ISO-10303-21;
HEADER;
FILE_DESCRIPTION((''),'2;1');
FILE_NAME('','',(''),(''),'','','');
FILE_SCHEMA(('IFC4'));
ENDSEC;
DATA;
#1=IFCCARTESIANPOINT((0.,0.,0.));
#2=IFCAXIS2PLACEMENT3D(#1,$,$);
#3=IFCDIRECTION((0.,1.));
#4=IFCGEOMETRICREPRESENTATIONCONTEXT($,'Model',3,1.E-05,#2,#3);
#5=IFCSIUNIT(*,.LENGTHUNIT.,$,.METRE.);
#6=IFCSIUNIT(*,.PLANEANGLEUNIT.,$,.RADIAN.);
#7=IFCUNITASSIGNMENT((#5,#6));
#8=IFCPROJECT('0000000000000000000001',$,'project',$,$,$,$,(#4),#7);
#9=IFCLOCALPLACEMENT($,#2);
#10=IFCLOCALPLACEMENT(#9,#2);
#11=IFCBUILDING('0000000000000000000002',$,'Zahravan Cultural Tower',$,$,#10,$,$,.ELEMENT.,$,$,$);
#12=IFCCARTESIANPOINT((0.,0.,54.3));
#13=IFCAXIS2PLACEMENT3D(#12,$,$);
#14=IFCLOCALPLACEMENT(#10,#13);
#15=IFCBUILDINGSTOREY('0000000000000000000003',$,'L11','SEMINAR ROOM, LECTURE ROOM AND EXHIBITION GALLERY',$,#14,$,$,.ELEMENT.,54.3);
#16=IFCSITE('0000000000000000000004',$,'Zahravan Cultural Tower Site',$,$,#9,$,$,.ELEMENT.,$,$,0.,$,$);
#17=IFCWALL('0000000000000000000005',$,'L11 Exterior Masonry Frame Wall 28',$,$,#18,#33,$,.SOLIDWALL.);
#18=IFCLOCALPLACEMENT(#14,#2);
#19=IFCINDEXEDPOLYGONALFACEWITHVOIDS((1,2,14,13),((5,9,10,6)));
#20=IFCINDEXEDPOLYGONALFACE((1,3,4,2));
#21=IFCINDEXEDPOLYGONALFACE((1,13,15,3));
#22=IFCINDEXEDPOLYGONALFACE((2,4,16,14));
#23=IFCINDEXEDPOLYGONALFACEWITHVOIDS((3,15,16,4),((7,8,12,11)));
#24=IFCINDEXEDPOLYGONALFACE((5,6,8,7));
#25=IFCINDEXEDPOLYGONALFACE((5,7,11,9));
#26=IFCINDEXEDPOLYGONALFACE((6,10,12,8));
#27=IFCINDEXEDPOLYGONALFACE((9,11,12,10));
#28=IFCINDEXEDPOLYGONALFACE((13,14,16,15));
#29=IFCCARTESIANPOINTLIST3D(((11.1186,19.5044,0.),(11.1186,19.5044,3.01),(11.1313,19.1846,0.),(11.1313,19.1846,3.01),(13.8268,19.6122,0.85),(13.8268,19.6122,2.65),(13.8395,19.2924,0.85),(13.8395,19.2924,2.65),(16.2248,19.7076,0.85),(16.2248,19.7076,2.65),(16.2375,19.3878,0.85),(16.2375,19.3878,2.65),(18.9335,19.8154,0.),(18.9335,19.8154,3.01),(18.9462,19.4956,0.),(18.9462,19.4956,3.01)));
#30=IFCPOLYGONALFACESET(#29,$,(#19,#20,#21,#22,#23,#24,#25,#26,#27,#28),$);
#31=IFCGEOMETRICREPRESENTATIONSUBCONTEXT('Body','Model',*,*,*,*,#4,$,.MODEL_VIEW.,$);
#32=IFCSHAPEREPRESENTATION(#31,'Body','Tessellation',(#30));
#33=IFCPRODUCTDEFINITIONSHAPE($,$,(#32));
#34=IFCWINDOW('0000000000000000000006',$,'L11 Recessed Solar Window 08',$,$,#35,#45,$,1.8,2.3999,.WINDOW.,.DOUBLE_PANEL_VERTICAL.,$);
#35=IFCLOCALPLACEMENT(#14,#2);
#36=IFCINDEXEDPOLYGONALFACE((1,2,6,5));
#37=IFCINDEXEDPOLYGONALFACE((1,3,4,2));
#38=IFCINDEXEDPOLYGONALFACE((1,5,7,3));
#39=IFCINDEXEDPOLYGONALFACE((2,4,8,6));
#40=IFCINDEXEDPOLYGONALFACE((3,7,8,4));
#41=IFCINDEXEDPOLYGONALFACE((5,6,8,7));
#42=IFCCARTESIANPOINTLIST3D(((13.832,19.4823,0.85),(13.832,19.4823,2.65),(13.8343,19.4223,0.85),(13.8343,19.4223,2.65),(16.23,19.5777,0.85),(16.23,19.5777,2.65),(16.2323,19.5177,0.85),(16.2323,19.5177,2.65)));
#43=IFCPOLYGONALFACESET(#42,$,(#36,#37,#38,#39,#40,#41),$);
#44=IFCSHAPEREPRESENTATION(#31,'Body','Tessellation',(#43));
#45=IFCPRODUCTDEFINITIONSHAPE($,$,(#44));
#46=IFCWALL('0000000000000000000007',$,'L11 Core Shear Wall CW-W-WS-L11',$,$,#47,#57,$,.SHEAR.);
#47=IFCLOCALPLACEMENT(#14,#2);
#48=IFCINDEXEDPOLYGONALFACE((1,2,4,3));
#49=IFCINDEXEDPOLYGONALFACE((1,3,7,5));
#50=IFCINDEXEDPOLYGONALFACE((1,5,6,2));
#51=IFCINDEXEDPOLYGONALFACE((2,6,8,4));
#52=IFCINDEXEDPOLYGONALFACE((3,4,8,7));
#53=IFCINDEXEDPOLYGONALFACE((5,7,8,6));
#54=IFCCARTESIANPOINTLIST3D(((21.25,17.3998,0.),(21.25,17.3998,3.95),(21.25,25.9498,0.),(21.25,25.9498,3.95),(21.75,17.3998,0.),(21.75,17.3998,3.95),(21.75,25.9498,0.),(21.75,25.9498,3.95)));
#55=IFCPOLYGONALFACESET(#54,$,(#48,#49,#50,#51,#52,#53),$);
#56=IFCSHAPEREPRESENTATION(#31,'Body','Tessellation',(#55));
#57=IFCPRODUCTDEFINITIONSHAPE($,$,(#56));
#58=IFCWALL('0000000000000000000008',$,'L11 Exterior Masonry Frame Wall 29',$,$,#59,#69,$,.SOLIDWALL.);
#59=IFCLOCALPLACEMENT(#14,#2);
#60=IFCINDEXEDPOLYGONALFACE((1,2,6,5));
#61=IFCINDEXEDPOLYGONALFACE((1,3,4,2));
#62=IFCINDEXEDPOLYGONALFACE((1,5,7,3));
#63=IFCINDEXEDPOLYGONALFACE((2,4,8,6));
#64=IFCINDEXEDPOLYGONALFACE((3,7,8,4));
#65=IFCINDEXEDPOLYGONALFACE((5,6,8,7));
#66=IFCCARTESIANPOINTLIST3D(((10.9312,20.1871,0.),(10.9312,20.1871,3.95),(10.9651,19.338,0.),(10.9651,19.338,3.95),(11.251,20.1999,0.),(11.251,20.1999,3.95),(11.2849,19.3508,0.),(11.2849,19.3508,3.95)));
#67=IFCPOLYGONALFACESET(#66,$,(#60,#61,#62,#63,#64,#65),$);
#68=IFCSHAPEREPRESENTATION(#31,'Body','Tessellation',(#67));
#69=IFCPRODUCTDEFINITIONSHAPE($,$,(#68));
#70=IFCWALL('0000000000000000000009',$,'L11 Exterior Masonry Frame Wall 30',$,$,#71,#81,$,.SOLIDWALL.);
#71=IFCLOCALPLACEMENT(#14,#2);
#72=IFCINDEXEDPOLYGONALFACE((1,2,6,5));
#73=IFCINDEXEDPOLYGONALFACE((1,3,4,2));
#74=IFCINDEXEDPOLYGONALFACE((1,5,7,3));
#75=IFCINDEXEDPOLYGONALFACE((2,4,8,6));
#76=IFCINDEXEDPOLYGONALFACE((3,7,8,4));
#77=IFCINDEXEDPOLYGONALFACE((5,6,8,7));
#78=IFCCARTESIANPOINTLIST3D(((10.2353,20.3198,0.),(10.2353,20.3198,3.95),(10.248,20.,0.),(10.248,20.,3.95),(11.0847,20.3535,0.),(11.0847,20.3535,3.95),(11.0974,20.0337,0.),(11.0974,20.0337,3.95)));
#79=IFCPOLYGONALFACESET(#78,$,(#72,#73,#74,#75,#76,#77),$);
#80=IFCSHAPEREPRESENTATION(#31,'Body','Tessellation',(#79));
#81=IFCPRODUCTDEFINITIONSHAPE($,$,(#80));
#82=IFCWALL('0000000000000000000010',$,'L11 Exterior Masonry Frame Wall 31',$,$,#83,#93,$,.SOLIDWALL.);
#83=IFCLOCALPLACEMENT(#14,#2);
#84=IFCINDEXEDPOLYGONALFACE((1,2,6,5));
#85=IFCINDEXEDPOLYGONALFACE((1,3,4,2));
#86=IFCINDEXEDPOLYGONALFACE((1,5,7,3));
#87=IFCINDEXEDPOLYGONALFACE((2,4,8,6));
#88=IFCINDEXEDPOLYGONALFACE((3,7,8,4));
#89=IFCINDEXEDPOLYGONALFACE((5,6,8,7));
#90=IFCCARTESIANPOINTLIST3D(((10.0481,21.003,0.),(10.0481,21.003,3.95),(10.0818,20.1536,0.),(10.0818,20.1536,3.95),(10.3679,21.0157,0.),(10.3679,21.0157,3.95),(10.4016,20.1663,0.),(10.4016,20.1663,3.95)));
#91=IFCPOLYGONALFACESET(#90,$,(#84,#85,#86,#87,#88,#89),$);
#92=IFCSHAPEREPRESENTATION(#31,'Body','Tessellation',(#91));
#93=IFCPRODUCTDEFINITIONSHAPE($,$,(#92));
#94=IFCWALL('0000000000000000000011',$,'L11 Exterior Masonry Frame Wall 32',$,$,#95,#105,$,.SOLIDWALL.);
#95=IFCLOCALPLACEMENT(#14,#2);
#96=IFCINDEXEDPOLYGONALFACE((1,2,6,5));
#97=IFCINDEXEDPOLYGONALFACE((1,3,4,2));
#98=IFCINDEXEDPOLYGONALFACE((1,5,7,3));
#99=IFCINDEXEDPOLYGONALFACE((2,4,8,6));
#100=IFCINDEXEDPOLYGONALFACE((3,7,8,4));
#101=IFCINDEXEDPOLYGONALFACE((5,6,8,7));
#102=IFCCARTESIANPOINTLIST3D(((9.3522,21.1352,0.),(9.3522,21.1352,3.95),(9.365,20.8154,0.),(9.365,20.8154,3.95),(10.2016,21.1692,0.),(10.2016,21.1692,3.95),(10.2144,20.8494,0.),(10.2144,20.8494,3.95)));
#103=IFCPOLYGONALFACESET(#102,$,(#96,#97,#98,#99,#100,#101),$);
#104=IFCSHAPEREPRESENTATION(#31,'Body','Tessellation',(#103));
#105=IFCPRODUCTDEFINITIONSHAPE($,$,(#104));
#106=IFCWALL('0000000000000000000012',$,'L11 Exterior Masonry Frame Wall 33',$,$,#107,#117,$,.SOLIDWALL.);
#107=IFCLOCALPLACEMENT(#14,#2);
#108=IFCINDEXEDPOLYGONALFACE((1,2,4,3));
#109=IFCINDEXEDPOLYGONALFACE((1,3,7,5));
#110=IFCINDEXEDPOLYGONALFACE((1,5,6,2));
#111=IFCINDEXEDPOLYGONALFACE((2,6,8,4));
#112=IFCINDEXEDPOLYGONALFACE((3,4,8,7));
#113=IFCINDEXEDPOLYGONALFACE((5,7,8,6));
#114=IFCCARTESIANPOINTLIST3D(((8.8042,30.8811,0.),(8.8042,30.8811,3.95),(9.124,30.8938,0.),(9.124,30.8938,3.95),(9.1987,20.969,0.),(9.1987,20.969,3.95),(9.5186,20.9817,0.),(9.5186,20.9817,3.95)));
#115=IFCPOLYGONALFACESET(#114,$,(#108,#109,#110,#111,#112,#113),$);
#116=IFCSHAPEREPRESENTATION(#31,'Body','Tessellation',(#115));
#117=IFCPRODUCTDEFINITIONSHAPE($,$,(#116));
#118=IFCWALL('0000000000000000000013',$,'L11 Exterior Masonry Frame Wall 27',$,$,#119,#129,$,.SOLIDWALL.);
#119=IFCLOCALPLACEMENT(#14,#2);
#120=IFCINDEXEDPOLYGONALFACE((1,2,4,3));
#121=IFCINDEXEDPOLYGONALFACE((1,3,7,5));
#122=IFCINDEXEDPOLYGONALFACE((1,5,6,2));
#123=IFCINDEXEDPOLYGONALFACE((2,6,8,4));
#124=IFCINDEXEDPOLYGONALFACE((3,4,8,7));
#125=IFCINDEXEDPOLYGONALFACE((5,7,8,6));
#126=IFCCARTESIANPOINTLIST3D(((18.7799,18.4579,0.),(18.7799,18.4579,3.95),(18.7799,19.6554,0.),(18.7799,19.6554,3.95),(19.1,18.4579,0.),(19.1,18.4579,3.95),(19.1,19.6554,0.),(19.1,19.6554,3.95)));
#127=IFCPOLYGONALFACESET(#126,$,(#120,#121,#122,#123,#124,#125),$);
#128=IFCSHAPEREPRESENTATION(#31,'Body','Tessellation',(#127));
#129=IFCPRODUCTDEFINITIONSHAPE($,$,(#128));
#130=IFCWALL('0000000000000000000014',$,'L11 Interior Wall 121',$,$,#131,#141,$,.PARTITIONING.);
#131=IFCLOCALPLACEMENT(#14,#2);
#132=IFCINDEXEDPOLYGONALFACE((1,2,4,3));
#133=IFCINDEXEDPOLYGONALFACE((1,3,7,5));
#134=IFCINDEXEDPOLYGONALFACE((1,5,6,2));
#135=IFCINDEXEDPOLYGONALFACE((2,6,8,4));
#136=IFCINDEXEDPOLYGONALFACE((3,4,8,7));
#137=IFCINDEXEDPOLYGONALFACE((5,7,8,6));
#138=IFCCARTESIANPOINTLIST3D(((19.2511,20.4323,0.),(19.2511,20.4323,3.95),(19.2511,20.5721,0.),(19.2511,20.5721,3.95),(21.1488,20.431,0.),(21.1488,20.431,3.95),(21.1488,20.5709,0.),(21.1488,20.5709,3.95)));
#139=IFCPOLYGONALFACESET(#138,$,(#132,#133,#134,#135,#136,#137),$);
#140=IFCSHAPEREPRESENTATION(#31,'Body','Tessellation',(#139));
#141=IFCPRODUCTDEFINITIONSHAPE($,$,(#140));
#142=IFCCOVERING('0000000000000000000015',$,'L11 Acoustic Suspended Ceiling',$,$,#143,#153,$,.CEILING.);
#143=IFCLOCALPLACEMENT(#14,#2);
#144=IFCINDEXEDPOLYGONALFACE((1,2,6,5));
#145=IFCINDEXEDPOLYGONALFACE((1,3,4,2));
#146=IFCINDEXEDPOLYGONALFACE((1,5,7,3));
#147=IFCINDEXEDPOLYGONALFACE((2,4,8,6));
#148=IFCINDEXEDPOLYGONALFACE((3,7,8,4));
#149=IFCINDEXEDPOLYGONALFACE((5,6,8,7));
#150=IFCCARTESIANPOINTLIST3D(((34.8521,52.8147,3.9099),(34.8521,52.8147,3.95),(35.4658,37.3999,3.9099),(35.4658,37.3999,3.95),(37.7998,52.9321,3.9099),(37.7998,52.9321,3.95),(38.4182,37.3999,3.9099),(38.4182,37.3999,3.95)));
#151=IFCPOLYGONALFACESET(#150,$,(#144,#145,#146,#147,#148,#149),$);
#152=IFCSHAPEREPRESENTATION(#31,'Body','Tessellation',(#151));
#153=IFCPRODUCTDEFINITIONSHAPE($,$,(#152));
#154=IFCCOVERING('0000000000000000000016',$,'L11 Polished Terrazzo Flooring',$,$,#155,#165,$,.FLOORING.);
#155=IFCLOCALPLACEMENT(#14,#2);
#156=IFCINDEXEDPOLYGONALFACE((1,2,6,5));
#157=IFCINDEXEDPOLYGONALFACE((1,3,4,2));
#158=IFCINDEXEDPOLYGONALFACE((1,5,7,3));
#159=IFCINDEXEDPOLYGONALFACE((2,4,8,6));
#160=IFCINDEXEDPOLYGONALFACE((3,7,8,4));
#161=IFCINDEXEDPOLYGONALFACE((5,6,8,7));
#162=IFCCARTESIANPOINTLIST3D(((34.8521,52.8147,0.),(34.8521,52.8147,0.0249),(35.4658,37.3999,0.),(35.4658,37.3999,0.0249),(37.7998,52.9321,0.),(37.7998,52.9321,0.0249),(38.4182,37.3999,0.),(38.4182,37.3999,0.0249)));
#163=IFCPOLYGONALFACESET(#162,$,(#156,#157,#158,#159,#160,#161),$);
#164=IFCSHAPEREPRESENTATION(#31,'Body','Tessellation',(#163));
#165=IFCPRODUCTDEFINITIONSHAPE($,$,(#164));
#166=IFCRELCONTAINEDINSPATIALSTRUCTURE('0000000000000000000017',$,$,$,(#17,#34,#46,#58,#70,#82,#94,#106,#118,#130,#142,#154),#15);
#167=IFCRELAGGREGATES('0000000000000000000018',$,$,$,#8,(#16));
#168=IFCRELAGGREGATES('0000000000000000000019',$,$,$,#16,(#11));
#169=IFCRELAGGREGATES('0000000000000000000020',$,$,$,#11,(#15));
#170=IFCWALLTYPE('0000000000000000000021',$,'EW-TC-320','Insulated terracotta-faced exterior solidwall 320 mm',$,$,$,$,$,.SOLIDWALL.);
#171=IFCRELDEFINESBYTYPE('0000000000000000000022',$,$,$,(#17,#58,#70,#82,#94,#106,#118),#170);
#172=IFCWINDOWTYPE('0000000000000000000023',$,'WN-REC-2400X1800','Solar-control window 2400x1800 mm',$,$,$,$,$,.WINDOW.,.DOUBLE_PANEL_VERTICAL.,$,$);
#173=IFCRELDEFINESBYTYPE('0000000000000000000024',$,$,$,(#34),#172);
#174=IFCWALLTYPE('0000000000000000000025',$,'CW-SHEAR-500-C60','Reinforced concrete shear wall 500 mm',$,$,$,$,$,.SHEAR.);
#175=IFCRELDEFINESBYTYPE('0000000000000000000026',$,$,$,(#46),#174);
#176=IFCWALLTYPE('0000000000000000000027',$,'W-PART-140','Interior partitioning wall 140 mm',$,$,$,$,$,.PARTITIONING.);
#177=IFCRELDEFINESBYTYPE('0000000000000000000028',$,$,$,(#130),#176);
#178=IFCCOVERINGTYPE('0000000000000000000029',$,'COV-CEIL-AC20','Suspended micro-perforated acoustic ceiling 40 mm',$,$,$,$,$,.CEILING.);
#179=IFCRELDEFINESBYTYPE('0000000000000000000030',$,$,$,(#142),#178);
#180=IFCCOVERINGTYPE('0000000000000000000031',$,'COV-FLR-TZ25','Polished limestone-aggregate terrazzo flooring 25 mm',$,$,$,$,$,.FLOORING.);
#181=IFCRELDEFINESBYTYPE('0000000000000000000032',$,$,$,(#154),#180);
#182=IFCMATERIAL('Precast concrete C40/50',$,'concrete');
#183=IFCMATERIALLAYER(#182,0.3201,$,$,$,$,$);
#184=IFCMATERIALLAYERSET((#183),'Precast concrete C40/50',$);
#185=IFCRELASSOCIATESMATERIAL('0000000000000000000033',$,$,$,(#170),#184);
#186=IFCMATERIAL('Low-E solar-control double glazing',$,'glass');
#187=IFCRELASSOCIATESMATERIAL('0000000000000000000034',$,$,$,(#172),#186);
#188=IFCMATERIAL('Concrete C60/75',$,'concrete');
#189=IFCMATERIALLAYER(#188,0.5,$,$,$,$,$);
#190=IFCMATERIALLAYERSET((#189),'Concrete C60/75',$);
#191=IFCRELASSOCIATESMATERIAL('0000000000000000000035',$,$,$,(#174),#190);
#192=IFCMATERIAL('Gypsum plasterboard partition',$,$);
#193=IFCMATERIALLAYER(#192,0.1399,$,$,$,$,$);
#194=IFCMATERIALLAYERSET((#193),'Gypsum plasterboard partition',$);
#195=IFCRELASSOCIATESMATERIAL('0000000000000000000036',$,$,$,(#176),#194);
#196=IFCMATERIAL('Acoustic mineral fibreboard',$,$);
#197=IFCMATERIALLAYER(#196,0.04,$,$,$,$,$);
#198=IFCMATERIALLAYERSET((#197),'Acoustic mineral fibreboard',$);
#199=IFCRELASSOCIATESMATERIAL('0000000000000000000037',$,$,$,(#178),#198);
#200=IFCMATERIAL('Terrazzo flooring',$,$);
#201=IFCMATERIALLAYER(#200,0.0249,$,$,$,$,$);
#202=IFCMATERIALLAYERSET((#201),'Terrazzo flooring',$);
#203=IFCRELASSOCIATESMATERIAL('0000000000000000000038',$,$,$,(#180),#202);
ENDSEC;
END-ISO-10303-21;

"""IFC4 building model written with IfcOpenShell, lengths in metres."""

from ifc_helpers import new_model, si_unit, direction, frame, frame_2d, origin, place, context, subcontext, project, spatial, polyline, rectangle, outline, extrude, source, transform, mapped, material, layer, layer_set, type_object, element, fill, save


model = new_model("IFC4")

# Units and contexts
model_context = context("Model", 3, precision=1e-05, world=origin(), true_north=direction((0.0, 1.0)))
body_context = subcontext(model_context, "Body", "Model", "MODEL_VIEW")
ifc_project = project(units=[si_unit("LENGTHUNIT", "METRE"), si_unit("PLANEANGLEUNIT", "RADIAN")], contexts=[model_context])

# Site, building, storey
site_placement = place(None, origin())
site = spatial("IfcSite", under=ifc_project, at=site_placement, Name="Zahravan Cultural Tower Site", CompositionType="ELEMENT", RefElevation=0.0)
building_placement = place(site_placement, origin())
building = spatial("IfcBuilding", under=site, at=building_placement, Name="Zahravan Cultural Tower", CompositionType="ELEMENT")
storey_placement = place(building_placement, frame((0.0, 0.0, 54.3)))
storey = spatial("IfcBuildingStorey", under=building, at=storey_placement, Name="L11", Description="SEMINAR ROOM, LECTURE ROOM AND EXHIBITION GALLERY", CompositionType="ELEMENT", Elevation=54.3)

# Shared definitions
ifc_material_1 = material(Name="Concrete C60/75", Category="concrete")

# Wall, opening, window
ifc_material_2 = material(Name="Precast concrete C40/50", Category="concrete")
ifc_layer_1 = layer(ifc_material_2, 0.3201)
ifc_layer_set_1 = layer_set([ifc_layer_1], Name="Precast concrete C40/50")
wall_type_1 = type_object("IfcWallType", Name="EW-TC-320", Description="Insulated terracotta-faced exterior solidwall 320 mm", PredefinedType="SOLIDWALL", material=ifc_layer_set_1)
wall_1_placement = place(storey_placement, frame((18.9399, 19.6555, 0.0), z_axis=(0.0, 0.0, 1.0), x_axis=(-0.999209, -0.039769, 0.0)))
wall_1 = element("IfcWall", 1, at=wall_1_placement, inside=storey, type_object=wall_type_1, Name="L11 Exterior Masonry Frame Wall 28", PredefinedType="SOLIDWALL", context=body_context, shape_type="SweptSolid", body=[
    extrude(rectangle(XDim=7.821, YDim=0.3201, at=frame_2d((3.9106, 0.0))), origin(), (0.0, 0.0, 1.0), 3.01),
])
opening_placement = place(wall_1_placement, frame((2.7109, 0.0, 0.8501)))
opening = element("IfcOpeningElement", 2, at=opening_placement, cuts=wall_1, PredefinedType="OPENING", context=body_context, shape_type="SweptSolid", body=[
    extrude(rectangle(XDim=2.3999, YDim=1.8, at=frame_2d((1.2, 0.8999))), frame((0.0, 0.1699, 0.0), z_axis=(0.0, -1.0, 0.0), x_axis=(1.0, 0.0, 0.0)), (0.0, 0.0, 1.0), 0.3401),
])
ifc_material_3 = material(Name="Low-E solar-control double glazing", Category="glass")
window_type = type_object("IfcWindowType", Name="WN-REC-2400X1800", Description="Solar-control window 2400x1800 mm", PartitioningType="DOUBLE_PANEL_VERTICAL", PredefinedType="WINDOW", material=ifc_material_3)
shared_shape_1 = source(origin(), body_context, "Body", "SweptSolid", [
    extrude(rectangle(XDim=2.3999, YDim=1.8, at=frame_2d((1.2, 0.8999))), frame((0.0, 0.03, 0.0), z_axis=(0.0, -1.0, 0.0), x_axis=(1.0, 0.0, 0.0)), (0.0, 0.0, 1.0), 0.0601),
])
window_placement = place(opening_placement, origin())
window = element("IfcWindow", 3, at=window_placement, inside=storey, type_object=window_type, Name="L11 Recessed Solar Window 08", OverallHeight=1.8, OverallWidth=2.3999, PartitioningType="DOUBLE_PANEL_VERTICAL", PredefinedType="WINDOW", context=body_context, shape_type="MappedRepresentation", body=[
    mapped(shared_shape_1, transform((0.0, 0.0, 0.0), x_axis=(1.0, 0.0, 0.0), y_axis=(0.0, 1.0, 0.0), z_axis=(0.0, 0.0, 1.0), scale=1.0)),
])
fill(opening, window)

# Walls
ifc_layer_2 = layer(ifc_material_1, 0.5)
ifc_layer_set_2 = layer_set([ifc_layer_2], Name="Concrete C60/75")
wall_type_2 = type_object("IfcWallType", Name="CW-SHEAR-500-C60", Description="Reinforced concrete shear wall 500 mm", PredefinedType="SHEAR", material=ifc_layer_set_2)
shared_shape_2 = source(origin(), body_context, "Body", "SweptSolid", [
    extrude(rectangle(XDim=8.55, YDim=0.5, at=frame_2d((4.2749, 0.0))), origin(), (0.0, 0.0, 1.0), 3.95),
])
wall_2_placement = place(storey_placement, frame((21.5, 17.3999, 0.0), z_axis=(0.0, 0.0, 1.0), x_axis=(0.0, 1.0, 0.0)))
element("IfcWall", 4, at=wall_2_placement, inside=storey, type_object=wall_type_2, Name="L11 Core Shear Wall CW-W-WS-L11", PredefinedType="SHEAR", context=body_context, shape_type="MappedRepresentation", body=[
    mapped(shared_shape_2, transform((0.0, 0.0, 0.0), x_axis=(1.0, 0.0, 0.0), y_axis=(0.0, 1.0, 0.0), z_axis=(0.0, 0.0, 1.0), scale=1.0)),
])
shared_shape_3 = source(origin(), body_context, "Body", "SweptSolid", [
    extrude(rectangle(XDim=0.8499, YDim=0.3201, at=frame_2d((0.4248, 0.0))), origin(), (0.0, 0.0, 1.0), 3.95),
])
wall_3_placement = place(storey_placement, frame((11.125, 19.3445, 0.0), z_axis=(0.0, 0.0, 1.0), x_axis=(-0.039934, 0.999202, 0.0)))
element("IfcWall", 5, at=wall_3_placement, inside=storey, type_object=wall_type_1, Name="L11 Exterior Masonry Frame Wall 29", PredefinedType="SOLIDWALL", context=body_context, shape_type="MappedRepresentation", body=[
    mapped(shared_shape_3, transform((0.0, 0.0, 0.0), x_axis=(1.0, 0.0, 0.0), y_axis=(0.0, 1.0, 0.0), z_axis=(0.0, 0.0, 1.0), scale=1.0)),
])
shared_shape_4 = source(origin(), body_context, "Body", "SweptSolid", [
    extrude(rectangle(XDim=0.8501, YDim=0.3201, at=frame_2d((0.425, 0.0))), origin(), (0.0, 0.0, 1.0), 3.95),
])
for number, where, z_axis, x_axis, name in (
    (6, (11.0911, 20.1936, 0.0), (0.0, 0.0, 1.0), (-0.999214, -0.039635, 0.0), "L11 Exterior Masonry Frame Wall 30"),
    (7, (10.2417, 20.1599, 0.0), (0.0, 0.0, 1.0), (-0.039635, 0.999214, 0.0), "L11 Exterior Masonry Frame Wall 31"),
    (8, (10.208, 21.0093, 0.0), (0.0, 0.0, 1.0), (-0.999203, -0.039922, 0.0), "L11 Exterior Masonry Frame Wall 32"),
):
    element("IfcWall", number, at=place(storey_placement, frame(where, z_axis=z_axis, x_axis=x_axis)), inside=storey, type_object=wall_type_1, Name=name, PredefinedType="SOLIDWALL", context=body_context, shape_type="MappedRepresentation", body=[
        mapped(shared_shape_4, transform((0.0, 0.0, 0.0), x_axis=(1.0, 0.0, 0.0), y_axis=(0.0, 1.0, 0.0), z_axis=(0.0, 0.0, 1.0), scale=1.0)),
    ])
shared_shape_5 = source(origin(), body_context, "Body", "SweptSolid", [
    extrude(rectangle(XDim=9.9199, YDim=0.3201, at=frame_2d((4.96, 0.0))), origin(), (0.0, 0.0, 1.0), 3.95),
])
wall_4_placement = place(storey_placement, frame((9.3586, 20.9753, 0.0), z_axis=(0.0, 0.0, 1.0), x_axis=(-0.039771, 0.999209, 0.0)))
element("IfcWall", 9, at=wall_4_placement, inside=storey, type_object=wall_type_1, Name="L11 Exterior Masonry Frame Wall 33", PredefinedType="SOLIDWALL", context=body_context, shape_type="MappedRepresentation", body=[
    mapped(shared_shape_5, transform((0.0, 0.0, 0.0), x_axis=(1.0, 0.0, 0.0), y_axis=(0.0, 1.0, 0.0), z_axis=(0.0, 0.0, 1.0), scale=1.0)),
])
shared_shape_6 = source(origin(), body_context, "Body", "SweptSolid", [
    extrude(rectangle(XDim=1.1975, YDim=0.3201, at=frame_2d((0.5986, 0.0))), origin(), (0.0, 0.0, 1.0), 3.95),
])
wall_5_placement = place(storey_placement, frame((18.9399, 18.458, 0.0), z_axis=(0.0, 0.0, 1.0), x_axis=(0.0, 1.0, 0.0)))
element("IfcWall", 10, at=wall_5_placement, inside=storey, type_object=wall_type_1, Name="L11 Exterior Masonry Frame Wall 27", PredefinedType="SOLIDWALL", context=body_context, shape_type="MappedRepresentation", body=[
    mapped(shared_shape_6, transform((0.0, 0.0, 0.0), x_axis=(1.0, 0.0, 0.0), y_axis=(0.0, 1.0, 0.0), z_axis=(0.0, 0.0, 1.0), scale=1.0)),
])
ifc_material_4 = material(Name="Gypsum plasterboard partition")
ifc_layer_3 = layer(ifc_material_4, 0.1399)
ifc_layer_set_3 = layer_set([ifc_layer_3], Name="Gypsum plasterboard partition")
wall_type_3 = type_object("IfcWallType", Name="W-PART-140", Description="Interior partitioning wall 140 mm", PredefinedType="PARTITIONING", material=ifc_layer_set_3)
shared_shape_7 = source(origin(), body_context, "Body", "SweptSolid", [
    extrude(rectangle(XDim=1.8977, YDim=0.1399, at=frame_2d((0.9487, 0.0))), origin(), (0.0, 0.0, 1.0), 3.95),
])
wall_6_placement = place(storey_placement, frame((19.2512, 20.5022, 0.0), z_axis=(0.0, 0.0, 1.0), x_axis=(1.0, -0.000643, 0.0)))
element("IfcWall", 11, at=wall_6_placement, inside=storey, type_object=wall_type_3, Name="L11 Interior Wall 121", PredefinedType="PARTITIONING", context=body_context, shape_type="MappedRepresentation", body=[
    mapped(shared_shape_7, transform((0.0, 0.0, 0.0), x_axis=(1.0, 0.0, 0.0), y_axis=(0.0, 1.0, 0.0), z_axis=(0.0, 0.0, 1.0), scale=1.0)),
])

# Coverings
ifc_material_5 = material(Name="Acoustic mineral fibreboard")
ifc_layer_4 = layer(ifc_material_5, 0.04)
ifc_layer_set_4 = layer_set([ifc_layer_4], Name="Acoustic mineral fibreboard")
covering_type_1 = type_object("IfcCoveringType", Name="COV-CEIL-AC20", Description="Suspended micro-perforated acoustic ceiling 40 mm", PredefinedType="CEILING", material=ifc_layer_set_4)
covering_1_placement = place(storey_placement, frame((0.0, 0.0, 3.9099)))
element("IfcCovering", 12, at=covering_1_placement, inside=storey, type_object=covering_type_1, Name="L11 Acoustic Suspended Ceiling", PredefinedType="CEILING", context=body_context, shape_type="SweptSolid", body=[
    extrude(outline(polyline([(34.8521, 52.8147), (35.4658, 37.3999), (38.4182, 37.3999), (37.7998, 52.9321), (34.8521, 52.8147)])), origin(), (0.0, 0.0, 1.0), 0.04),
])
ifc_material_6 = material(Name="Terrazzo flooring")
ifc_layer_5 = layer(ifc_material_6, 0.0249)
ifc_layer_set_5 = layer_set([ifc_layer_5], Name="Terrazzo flooring")
covering_type_2 = type_object("IfcCoveringType", Name="COV-FLR-TZ25", Description="Polished limestone-aggregate terrazzo flooring 25 mm", PredefinedType="FLOORING", material=ifc_layer_set_5)
covering_2_placement = place(storey_placement, origin())
element("IfcCovering", 13, at=covering_2_placement, inside=storey, type_object=covering_type_2, Name="L11 Polished Terrazzo Flooring", PredefinedType="FLOORING", context=body_context, shape_type="SweptSolid", body=[
    extrude(outline(polyline([(34.8521, 52.8147), (35.4658, 37.3999), (38.4182, 37.3999), (37.7998, 52.9321), (34.8521, 52.8147)])), origin(), (0.0, 0.0, 1.0), 0.0249),
])

save(model, "model.ifc")
